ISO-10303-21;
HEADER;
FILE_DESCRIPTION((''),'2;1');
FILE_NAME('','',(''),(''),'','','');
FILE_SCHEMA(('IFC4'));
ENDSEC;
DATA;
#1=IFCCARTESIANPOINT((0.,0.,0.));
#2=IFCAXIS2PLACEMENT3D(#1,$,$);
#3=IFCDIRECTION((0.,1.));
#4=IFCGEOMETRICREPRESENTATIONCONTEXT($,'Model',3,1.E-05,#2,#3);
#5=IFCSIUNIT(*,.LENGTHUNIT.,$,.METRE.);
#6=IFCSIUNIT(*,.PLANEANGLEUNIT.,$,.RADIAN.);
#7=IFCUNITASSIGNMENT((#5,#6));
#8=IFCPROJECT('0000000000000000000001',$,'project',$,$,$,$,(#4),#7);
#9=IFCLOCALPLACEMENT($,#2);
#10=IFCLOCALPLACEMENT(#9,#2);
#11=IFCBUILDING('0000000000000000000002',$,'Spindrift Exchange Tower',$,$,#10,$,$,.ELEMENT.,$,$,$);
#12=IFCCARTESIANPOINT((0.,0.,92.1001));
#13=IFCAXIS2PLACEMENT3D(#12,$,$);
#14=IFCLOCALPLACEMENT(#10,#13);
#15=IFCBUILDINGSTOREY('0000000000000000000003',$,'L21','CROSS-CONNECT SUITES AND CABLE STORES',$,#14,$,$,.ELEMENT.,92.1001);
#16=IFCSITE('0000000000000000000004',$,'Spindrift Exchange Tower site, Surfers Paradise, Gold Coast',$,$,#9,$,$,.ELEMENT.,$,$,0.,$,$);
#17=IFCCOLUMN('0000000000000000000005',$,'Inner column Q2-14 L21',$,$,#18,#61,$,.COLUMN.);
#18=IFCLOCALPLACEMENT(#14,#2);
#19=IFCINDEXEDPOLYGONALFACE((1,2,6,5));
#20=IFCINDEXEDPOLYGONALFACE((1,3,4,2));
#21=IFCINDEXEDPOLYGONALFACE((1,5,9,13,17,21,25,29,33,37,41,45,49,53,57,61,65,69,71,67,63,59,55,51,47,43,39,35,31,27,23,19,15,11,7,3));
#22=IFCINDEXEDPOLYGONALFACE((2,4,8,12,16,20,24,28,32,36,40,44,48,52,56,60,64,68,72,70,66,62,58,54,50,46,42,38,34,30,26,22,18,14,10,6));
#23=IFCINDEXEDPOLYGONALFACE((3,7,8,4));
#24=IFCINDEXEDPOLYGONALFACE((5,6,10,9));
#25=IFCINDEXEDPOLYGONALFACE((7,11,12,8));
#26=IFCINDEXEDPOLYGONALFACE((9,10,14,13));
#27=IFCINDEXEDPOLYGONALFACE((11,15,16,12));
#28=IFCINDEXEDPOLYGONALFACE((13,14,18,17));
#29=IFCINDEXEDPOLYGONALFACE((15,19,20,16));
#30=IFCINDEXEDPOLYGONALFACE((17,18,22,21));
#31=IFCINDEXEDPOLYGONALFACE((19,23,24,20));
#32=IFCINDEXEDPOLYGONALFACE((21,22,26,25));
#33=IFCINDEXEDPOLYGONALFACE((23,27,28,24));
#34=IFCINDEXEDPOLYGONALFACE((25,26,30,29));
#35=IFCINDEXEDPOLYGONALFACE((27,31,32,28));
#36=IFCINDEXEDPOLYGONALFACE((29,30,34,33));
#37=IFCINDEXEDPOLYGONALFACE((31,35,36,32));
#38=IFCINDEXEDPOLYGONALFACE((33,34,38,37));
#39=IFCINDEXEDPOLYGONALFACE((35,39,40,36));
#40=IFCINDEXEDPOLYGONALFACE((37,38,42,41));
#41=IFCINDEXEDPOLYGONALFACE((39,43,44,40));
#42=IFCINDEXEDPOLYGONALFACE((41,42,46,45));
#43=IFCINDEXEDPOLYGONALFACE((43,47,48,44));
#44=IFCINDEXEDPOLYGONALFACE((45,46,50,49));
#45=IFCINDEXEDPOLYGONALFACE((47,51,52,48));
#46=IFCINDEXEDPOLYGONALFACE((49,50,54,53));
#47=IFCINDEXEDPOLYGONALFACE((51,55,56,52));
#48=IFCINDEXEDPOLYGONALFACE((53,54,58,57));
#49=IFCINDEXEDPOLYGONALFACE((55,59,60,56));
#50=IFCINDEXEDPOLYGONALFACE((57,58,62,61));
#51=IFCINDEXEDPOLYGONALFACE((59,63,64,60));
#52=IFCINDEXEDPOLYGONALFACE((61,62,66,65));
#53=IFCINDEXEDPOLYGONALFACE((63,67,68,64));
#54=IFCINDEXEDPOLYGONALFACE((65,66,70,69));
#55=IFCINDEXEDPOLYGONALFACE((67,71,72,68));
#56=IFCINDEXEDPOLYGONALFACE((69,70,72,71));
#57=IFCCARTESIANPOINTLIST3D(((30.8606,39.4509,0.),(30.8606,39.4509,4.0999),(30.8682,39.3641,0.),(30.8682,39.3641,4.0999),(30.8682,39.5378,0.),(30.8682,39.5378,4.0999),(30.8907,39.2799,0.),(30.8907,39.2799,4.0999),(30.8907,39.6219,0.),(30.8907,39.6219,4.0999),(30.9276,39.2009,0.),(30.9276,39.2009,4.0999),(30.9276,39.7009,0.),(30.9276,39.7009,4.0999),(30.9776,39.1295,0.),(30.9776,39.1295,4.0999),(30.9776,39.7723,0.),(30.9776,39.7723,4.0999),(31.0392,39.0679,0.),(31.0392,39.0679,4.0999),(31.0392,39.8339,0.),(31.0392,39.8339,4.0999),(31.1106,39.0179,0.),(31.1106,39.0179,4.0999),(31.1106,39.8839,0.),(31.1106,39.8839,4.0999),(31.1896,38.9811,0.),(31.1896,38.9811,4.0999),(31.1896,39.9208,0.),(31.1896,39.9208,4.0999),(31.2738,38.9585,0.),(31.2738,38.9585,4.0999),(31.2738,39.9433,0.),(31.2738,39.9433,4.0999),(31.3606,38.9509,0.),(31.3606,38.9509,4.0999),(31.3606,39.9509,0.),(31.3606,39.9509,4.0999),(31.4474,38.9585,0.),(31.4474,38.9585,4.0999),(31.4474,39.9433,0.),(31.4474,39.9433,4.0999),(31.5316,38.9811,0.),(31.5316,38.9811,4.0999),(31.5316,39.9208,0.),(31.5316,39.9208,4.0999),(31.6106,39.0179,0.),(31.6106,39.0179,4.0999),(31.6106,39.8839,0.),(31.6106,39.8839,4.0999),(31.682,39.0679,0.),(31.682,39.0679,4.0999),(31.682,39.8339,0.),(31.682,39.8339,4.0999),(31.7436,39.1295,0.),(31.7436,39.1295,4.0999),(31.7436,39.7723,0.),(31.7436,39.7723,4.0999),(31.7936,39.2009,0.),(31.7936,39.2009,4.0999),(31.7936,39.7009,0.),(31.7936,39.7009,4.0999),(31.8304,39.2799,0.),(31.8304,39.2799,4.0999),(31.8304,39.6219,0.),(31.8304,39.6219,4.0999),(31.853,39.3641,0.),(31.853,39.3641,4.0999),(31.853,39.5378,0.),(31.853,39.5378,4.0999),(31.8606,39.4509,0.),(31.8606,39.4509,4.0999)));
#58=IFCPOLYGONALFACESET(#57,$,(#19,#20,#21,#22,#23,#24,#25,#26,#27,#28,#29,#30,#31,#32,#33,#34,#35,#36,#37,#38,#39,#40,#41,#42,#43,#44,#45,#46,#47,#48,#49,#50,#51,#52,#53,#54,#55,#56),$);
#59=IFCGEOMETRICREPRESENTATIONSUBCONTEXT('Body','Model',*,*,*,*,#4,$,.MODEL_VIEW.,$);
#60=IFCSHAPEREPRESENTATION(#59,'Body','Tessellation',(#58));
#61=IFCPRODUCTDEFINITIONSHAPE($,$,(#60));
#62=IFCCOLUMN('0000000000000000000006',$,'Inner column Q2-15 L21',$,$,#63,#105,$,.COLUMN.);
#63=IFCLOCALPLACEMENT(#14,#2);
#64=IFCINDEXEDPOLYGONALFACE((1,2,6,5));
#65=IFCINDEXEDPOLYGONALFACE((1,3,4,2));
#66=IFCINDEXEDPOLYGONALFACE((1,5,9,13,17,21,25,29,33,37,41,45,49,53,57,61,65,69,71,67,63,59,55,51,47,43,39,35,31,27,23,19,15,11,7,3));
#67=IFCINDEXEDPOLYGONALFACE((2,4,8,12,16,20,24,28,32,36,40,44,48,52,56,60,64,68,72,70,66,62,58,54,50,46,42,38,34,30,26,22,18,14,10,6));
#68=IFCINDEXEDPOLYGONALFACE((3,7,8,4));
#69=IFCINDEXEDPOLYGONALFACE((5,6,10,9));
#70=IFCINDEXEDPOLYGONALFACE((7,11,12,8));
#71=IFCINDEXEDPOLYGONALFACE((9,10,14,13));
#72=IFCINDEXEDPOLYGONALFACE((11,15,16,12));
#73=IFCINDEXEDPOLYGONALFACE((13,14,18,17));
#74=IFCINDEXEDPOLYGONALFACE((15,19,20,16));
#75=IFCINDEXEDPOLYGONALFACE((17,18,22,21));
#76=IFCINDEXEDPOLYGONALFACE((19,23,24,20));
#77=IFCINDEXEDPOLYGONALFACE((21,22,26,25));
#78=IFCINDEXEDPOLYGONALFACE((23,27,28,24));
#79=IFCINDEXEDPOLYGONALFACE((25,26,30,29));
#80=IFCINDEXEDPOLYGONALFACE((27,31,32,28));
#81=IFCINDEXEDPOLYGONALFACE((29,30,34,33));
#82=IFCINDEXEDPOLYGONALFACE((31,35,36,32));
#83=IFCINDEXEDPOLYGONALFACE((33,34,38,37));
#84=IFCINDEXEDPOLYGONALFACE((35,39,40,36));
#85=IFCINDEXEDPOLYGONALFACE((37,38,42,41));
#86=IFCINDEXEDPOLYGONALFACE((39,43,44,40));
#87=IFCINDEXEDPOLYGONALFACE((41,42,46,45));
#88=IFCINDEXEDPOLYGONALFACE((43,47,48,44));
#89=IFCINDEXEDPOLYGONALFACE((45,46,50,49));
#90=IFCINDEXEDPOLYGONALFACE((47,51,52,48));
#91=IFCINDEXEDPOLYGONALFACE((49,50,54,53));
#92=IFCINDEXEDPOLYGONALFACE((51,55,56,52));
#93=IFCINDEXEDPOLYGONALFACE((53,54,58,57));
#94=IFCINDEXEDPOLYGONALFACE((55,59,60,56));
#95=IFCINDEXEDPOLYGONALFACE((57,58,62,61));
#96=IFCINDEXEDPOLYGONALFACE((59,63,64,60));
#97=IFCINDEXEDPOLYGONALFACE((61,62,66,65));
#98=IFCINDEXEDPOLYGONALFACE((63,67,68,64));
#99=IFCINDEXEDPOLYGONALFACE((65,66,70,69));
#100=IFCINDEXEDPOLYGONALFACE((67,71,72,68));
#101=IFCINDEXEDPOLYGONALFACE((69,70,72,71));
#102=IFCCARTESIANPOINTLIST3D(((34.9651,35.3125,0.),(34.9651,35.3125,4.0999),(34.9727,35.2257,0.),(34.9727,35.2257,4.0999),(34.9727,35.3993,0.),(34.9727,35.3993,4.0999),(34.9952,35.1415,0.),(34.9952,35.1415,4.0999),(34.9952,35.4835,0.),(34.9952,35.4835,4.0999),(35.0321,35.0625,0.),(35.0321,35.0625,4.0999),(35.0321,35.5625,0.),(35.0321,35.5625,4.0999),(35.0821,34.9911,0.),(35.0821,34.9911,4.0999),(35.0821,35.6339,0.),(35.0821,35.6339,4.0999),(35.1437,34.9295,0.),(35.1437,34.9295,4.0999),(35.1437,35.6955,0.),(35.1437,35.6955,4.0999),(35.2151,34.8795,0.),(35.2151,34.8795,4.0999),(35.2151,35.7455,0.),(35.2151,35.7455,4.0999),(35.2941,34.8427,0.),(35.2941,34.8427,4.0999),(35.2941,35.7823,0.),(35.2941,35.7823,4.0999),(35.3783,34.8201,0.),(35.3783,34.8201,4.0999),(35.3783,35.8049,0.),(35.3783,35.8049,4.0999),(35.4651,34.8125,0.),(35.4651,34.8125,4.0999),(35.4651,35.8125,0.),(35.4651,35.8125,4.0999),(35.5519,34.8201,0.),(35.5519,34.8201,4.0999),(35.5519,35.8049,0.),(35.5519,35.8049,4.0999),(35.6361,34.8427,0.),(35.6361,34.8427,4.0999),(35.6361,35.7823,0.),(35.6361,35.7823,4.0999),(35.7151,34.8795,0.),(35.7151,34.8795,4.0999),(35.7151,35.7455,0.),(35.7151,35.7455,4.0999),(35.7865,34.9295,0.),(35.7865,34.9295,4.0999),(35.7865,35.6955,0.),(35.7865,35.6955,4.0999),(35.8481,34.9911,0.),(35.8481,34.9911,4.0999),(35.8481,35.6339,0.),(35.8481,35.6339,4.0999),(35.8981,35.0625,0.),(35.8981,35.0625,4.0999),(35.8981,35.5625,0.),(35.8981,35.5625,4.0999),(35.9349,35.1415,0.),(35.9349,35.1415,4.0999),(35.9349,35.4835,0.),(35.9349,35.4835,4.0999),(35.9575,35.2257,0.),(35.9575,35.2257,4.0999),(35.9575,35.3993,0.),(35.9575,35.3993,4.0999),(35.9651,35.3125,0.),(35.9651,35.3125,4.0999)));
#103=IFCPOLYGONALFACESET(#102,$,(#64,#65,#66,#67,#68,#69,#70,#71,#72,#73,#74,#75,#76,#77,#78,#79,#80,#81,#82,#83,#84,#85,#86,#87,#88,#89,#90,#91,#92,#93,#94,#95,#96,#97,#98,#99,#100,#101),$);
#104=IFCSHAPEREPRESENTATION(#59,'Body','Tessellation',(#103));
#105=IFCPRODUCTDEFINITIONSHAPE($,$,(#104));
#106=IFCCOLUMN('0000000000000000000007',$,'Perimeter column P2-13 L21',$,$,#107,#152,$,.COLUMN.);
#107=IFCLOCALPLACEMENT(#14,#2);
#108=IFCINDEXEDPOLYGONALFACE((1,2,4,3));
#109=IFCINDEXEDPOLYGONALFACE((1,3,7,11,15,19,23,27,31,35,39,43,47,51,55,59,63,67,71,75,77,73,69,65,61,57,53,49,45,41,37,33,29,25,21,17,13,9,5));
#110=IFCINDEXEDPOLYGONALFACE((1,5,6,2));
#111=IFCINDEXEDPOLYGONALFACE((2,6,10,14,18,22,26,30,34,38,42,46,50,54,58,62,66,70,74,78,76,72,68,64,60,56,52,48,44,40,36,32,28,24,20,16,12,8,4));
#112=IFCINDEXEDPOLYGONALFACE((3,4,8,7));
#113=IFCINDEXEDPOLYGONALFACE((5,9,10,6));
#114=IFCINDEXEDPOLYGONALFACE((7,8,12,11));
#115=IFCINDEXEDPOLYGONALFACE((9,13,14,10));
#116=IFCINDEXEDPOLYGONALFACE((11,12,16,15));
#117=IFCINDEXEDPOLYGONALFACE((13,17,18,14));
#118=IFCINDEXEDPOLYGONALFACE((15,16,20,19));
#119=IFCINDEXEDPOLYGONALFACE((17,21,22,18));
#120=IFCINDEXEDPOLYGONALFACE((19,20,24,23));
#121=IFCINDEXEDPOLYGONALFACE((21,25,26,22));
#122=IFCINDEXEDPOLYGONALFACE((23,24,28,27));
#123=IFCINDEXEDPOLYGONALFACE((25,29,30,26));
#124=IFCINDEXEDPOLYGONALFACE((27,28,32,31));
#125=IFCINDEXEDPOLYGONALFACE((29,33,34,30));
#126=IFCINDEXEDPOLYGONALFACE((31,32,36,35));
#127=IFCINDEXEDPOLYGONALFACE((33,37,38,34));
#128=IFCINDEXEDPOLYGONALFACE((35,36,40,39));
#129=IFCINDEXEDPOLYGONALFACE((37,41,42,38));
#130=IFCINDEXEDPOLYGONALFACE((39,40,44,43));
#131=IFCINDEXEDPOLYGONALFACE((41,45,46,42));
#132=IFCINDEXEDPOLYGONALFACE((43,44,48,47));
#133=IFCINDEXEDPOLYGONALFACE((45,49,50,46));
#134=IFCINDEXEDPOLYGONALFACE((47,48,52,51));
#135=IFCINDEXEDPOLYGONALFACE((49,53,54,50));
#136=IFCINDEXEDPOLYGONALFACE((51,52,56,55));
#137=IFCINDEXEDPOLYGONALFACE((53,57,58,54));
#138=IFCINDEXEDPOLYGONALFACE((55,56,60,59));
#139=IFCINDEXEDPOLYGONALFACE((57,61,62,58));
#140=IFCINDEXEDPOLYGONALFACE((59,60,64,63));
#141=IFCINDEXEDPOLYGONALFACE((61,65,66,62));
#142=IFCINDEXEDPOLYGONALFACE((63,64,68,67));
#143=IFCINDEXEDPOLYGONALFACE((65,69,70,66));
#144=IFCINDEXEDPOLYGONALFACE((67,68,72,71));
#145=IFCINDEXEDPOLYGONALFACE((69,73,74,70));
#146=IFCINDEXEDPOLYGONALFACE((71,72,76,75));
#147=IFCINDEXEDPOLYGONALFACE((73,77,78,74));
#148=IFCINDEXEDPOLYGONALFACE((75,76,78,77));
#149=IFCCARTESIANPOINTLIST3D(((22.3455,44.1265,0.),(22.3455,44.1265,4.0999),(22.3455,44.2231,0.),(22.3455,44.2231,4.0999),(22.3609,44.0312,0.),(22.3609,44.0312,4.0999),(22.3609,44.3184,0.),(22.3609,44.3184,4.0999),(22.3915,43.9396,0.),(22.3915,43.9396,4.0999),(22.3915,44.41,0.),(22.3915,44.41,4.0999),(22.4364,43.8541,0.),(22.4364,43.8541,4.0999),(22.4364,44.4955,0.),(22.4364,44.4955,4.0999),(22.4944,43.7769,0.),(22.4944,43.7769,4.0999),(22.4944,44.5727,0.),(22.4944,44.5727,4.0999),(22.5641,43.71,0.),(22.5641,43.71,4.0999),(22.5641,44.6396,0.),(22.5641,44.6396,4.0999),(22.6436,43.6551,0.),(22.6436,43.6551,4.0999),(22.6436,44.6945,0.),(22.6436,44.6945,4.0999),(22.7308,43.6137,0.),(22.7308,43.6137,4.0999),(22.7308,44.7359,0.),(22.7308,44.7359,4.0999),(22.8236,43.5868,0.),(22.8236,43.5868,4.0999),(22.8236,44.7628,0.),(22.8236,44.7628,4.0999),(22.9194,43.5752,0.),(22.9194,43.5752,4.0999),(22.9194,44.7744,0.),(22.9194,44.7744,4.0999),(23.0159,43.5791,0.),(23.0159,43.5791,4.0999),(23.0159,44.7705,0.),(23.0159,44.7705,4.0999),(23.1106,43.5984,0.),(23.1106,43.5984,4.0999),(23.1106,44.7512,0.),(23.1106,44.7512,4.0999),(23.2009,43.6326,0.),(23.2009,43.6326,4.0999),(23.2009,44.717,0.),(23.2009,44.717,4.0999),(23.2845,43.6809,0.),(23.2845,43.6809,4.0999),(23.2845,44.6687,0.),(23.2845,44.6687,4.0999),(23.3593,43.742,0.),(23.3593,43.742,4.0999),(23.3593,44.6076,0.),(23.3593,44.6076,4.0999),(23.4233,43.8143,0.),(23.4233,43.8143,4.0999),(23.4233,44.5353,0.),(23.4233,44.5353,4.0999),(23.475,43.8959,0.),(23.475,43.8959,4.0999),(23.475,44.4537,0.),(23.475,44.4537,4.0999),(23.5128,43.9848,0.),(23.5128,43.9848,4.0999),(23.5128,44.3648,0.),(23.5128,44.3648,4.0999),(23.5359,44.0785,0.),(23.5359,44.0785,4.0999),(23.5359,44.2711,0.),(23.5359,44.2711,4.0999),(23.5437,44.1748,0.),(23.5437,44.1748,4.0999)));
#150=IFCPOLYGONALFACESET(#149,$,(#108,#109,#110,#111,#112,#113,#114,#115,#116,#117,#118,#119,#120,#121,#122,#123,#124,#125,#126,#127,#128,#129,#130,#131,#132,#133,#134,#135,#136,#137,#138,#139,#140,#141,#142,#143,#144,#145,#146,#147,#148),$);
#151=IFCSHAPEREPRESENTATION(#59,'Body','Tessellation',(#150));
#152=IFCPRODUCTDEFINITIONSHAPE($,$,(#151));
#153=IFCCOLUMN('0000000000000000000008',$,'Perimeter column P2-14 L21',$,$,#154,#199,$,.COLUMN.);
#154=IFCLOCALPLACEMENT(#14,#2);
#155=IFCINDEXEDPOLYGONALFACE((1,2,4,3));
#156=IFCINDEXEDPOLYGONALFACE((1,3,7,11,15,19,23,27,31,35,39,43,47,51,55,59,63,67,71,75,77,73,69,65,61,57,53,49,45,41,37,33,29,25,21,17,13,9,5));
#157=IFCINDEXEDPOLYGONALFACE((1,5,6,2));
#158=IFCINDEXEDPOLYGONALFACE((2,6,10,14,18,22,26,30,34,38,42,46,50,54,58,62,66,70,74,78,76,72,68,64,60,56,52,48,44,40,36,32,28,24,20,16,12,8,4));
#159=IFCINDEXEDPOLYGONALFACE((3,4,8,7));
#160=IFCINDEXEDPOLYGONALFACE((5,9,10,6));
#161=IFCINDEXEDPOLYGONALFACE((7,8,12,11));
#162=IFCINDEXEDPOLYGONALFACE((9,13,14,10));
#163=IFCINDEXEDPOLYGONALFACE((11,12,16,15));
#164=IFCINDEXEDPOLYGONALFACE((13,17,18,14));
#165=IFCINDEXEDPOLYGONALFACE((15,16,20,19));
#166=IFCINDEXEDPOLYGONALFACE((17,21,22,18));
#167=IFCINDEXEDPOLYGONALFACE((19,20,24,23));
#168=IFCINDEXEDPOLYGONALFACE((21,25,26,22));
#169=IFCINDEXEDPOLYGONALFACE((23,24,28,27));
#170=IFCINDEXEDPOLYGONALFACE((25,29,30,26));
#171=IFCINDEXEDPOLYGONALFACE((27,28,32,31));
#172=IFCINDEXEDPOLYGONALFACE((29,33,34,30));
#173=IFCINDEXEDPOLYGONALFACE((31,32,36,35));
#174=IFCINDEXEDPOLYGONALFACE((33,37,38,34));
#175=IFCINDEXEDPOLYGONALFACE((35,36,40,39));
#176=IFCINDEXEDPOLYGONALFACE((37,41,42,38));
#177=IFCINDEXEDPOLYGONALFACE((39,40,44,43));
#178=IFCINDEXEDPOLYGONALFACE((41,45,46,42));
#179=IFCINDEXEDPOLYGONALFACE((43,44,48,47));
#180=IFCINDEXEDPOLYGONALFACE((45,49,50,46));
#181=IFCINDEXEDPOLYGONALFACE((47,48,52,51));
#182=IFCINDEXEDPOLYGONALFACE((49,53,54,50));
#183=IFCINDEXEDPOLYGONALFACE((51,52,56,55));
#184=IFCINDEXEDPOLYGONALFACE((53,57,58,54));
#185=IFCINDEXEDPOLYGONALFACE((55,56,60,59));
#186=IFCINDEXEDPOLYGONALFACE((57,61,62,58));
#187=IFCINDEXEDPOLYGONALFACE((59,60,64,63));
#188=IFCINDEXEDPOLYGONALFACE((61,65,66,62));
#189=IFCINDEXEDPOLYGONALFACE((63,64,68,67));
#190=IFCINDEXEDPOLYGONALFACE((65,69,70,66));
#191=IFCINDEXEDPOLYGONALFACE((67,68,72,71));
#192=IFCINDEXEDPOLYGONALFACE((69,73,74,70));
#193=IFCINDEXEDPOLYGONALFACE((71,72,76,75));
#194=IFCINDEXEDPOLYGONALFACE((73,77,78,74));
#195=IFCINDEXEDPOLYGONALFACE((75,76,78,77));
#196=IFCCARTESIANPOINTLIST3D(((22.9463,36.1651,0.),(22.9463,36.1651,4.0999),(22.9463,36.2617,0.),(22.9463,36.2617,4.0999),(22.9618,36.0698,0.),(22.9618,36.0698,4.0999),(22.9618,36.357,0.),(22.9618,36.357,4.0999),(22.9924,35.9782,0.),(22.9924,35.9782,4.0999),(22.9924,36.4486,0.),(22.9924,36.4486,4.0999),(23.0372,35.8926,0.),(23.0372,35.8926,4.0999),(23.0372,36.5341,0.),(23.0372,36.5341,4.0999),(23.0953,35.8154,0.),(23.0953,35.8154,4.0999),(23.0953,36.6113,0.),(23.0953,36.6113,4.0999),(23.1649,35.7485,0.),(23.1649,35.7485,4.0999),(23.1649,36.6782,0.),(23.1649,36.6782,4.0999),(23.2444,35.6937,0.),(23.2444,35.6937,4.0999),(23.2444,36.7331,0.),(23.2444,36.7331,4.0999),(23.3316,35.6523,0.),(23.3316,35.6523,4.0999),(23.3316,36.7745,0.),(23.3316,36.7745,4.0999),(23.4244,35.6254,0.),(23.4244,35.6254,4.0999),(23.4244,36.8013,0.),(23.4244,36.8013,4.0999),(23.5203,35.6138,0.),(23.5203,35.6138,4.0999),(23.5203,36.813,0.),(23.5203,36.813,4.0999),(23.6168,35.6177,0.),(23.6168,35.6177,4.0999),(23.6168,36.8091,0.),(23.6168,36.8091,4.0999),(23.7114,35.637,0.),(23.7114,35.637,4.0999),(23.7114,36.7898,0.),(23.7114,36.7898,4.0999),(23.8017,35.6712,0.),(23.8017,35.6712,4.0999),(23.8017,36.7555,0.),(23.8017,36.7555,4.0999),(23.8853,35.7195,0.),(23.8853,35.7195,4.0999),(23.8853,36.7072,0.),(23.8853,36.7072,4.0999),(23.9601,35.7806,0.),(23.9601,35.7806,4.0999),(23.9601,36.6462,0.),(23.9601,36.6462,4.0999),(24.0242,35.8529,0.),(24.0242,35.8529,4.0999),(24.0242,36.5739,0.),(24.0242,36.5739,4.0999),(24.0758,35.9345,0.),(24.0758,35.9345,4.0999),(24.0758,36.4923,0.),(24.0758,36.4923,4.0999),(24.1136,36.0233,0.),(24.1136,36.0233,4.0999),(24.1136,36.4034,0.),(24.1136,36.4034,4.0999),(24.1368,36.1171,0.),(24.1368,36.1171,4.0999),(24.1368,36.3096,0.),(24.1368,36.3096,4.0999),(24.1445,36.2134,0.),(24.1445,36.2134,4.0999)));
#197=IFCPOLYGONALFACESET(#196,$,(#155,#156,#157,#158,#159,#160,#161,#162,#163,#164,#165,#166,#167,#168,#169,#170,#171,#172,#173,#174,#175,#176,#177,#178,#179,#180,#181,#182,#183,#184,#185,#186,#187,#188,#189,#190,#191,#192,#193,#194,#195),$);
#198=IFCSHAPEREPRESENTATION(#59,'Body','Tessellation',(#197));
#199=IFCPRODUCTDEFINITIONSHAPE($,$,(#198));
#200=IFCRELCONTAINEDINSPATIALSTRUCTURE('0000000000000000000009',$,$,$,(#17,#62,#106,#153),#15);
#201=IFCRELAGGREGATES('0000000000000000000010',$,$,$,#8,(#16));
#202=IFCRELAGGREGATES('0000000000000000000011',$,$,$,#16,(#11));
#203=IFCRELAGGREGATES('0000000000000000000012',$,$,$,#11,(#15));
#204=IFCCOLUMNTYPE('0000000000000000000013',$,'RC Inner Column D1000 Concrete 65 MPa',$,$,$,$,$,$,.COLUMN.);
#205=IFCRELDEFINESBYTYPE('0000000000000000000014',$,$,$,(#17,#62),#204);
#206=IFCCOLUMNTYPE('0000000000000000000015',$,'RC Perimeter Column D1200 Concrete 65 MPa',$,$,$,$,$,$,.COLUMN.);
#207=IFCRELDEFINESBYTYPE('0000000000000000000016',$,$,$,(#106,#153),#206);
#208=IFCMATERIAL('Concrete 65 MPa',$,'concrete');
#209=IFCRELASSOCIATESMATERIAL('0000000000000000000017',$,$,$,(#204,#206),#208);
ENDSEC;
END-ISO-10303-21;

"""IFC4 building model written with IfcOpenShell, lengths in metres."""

from ifc_helpers import new_model, si_unit, direction, frame, origin, origin_2d, place, context, subcontext, project, spatial, circle, extrude, source, transform, mapped, material, material_profile, profile_set, type_object, element, save


model = new_model("IFC4")

# Units and contexts
model_context = context("Model", 3, precision=1e-05, world=origin(), true_north=direction((0.0, 1.0)))
body_context = subcontext(model_context, "Body", "Model", "MODEL_VIEW")
ifc_project = project(units=[si_unit("LENGTHUNIT", "METRE"), si_unit("PLANEANGLEUNIT", "RADIAN")], contexts=[model_context])

# Site, building, storey
site_placement = place(None, origin())
site = spatial("IfcSite", under=ifc_project, at=site_placement, Name="Spindrift Exchange Tower site, Surfers Paradise, Gold Coast", CompositionType="ELEMENT", RefElevation=0.0)
building_placement = place(site_placement, origin())
building = spatial("IfcBuilding", under=site, at=building_placement, Name="Spindrift Exchange Tower", CompositionType="ELEMENT")
storey_placement = place(building_placement, frame((0.0, 0.0, 92.1001)))
storey = spatial("IfcBuildingStorey", under=building, at=storey_placement, Name="L21", Description="CROSS-CONNECT SUITES AND CABLE STORES", CompositionType="ELEMENT", Elevation=92.1001)

# Columns
ifc_material_1 = material(Name="Concrete 65 MPa", Category="concrete")
ifc_material_profile_1 = material_profile(ifc_material_1, circle(Radius=0.5, at=origin_2d()), Name="RC D1000")
ifc_profile_set_1 = profile_set([ifc_material_profile_1], Name="Concrete 65 MPa")
column_type_1 = type_object("IfcColumnType", Name="RC Inner Column D1000 Concrete 65 MPa", PredefinedType="COLUMN", material=ifc_profile_set_1)
shared_shape_1 = source(origin(), body_context, "Body", "SweptSolid", [
    extrude(circle(Radius=0.5, at=origin_2d()), origin(), (0.0, 0.0, 1.0), 4.0999),
])
for number, where, z_axis, x_axis, name in (
    (1, (31.3606, 39.4509, 0.0), (0.0, 0.0, 1.0), (1.0, 0.0, 0.0), "Inner column Q2-14 L21"),
    (2, (35.4651, 35.3125, 0.0), (0.0, 0.0, 1.0), (1.0, 0.0, 0.0), "Inner column Q2-15 L21"),
):
    element("IfcColumn", number, at=place(storey_placement, frame(where, z_axis=z_axis, x_axis=x_axis)), inside=storey, type_object=column_type_1, Name=name, PredefinedType="COLUMN", context=body_context, shape_type="MappedRepresentation", body=[
        mapped(shared_shape_1, transform((0.0, 0.0, 0.0), scale=1.0)),
    ])
ifc_material_profile_2 = material_profile(ifc_material_1, circle(Radius=0.6001, at=origin_2d()), Name="RC D1200")
ifc_profile_set_2 = profile_set([ifc_material_profile_2], Name="Concrete 65 MPa")
column_type_2 = type_object("IfcColumnType", Name="RC Perimeter Column D1200 Concrete 65 MPa", PredefinedType="COLUMN", material=ifc_profile_set_2)
shared_shape_2 = source(origin(), body_context, "Body", "SweptSolid", [
    extrude(circle(Radius=0.6001, at=origin_2d()), origin(), (0.0, 0.0, 1.0), 4.0999),
])
for number, where, z_axis, x_axis, name in (
    (3, (22.9436, 44.1748, 0.0), (0.0, 0.0, 1.0), (1.0, 0.0, 0.0), "Perimeter column P2-13 L21"),
    (4, (23.5444, 36.2134, 0.0), (0.0, 0.0, 1.0), (1.0, 0.0, 0.0), "Perimeter column P2-14 L21"),
):
    element("IfcColumn", number, at=place(storey_placement, frame(where, z_axis=z_axis, x_axis=x_axis)), inside=storey, type_object=column_type_2, Name=name, PredefinedType="COLUMN", context=body_context, shape_type="MappedRepresentation", body=[
        mapped(shared_shape_2, transform((0.0, 0.0, 0.0), scale=1.0)),
    ])

save(model, "model.ifc")
